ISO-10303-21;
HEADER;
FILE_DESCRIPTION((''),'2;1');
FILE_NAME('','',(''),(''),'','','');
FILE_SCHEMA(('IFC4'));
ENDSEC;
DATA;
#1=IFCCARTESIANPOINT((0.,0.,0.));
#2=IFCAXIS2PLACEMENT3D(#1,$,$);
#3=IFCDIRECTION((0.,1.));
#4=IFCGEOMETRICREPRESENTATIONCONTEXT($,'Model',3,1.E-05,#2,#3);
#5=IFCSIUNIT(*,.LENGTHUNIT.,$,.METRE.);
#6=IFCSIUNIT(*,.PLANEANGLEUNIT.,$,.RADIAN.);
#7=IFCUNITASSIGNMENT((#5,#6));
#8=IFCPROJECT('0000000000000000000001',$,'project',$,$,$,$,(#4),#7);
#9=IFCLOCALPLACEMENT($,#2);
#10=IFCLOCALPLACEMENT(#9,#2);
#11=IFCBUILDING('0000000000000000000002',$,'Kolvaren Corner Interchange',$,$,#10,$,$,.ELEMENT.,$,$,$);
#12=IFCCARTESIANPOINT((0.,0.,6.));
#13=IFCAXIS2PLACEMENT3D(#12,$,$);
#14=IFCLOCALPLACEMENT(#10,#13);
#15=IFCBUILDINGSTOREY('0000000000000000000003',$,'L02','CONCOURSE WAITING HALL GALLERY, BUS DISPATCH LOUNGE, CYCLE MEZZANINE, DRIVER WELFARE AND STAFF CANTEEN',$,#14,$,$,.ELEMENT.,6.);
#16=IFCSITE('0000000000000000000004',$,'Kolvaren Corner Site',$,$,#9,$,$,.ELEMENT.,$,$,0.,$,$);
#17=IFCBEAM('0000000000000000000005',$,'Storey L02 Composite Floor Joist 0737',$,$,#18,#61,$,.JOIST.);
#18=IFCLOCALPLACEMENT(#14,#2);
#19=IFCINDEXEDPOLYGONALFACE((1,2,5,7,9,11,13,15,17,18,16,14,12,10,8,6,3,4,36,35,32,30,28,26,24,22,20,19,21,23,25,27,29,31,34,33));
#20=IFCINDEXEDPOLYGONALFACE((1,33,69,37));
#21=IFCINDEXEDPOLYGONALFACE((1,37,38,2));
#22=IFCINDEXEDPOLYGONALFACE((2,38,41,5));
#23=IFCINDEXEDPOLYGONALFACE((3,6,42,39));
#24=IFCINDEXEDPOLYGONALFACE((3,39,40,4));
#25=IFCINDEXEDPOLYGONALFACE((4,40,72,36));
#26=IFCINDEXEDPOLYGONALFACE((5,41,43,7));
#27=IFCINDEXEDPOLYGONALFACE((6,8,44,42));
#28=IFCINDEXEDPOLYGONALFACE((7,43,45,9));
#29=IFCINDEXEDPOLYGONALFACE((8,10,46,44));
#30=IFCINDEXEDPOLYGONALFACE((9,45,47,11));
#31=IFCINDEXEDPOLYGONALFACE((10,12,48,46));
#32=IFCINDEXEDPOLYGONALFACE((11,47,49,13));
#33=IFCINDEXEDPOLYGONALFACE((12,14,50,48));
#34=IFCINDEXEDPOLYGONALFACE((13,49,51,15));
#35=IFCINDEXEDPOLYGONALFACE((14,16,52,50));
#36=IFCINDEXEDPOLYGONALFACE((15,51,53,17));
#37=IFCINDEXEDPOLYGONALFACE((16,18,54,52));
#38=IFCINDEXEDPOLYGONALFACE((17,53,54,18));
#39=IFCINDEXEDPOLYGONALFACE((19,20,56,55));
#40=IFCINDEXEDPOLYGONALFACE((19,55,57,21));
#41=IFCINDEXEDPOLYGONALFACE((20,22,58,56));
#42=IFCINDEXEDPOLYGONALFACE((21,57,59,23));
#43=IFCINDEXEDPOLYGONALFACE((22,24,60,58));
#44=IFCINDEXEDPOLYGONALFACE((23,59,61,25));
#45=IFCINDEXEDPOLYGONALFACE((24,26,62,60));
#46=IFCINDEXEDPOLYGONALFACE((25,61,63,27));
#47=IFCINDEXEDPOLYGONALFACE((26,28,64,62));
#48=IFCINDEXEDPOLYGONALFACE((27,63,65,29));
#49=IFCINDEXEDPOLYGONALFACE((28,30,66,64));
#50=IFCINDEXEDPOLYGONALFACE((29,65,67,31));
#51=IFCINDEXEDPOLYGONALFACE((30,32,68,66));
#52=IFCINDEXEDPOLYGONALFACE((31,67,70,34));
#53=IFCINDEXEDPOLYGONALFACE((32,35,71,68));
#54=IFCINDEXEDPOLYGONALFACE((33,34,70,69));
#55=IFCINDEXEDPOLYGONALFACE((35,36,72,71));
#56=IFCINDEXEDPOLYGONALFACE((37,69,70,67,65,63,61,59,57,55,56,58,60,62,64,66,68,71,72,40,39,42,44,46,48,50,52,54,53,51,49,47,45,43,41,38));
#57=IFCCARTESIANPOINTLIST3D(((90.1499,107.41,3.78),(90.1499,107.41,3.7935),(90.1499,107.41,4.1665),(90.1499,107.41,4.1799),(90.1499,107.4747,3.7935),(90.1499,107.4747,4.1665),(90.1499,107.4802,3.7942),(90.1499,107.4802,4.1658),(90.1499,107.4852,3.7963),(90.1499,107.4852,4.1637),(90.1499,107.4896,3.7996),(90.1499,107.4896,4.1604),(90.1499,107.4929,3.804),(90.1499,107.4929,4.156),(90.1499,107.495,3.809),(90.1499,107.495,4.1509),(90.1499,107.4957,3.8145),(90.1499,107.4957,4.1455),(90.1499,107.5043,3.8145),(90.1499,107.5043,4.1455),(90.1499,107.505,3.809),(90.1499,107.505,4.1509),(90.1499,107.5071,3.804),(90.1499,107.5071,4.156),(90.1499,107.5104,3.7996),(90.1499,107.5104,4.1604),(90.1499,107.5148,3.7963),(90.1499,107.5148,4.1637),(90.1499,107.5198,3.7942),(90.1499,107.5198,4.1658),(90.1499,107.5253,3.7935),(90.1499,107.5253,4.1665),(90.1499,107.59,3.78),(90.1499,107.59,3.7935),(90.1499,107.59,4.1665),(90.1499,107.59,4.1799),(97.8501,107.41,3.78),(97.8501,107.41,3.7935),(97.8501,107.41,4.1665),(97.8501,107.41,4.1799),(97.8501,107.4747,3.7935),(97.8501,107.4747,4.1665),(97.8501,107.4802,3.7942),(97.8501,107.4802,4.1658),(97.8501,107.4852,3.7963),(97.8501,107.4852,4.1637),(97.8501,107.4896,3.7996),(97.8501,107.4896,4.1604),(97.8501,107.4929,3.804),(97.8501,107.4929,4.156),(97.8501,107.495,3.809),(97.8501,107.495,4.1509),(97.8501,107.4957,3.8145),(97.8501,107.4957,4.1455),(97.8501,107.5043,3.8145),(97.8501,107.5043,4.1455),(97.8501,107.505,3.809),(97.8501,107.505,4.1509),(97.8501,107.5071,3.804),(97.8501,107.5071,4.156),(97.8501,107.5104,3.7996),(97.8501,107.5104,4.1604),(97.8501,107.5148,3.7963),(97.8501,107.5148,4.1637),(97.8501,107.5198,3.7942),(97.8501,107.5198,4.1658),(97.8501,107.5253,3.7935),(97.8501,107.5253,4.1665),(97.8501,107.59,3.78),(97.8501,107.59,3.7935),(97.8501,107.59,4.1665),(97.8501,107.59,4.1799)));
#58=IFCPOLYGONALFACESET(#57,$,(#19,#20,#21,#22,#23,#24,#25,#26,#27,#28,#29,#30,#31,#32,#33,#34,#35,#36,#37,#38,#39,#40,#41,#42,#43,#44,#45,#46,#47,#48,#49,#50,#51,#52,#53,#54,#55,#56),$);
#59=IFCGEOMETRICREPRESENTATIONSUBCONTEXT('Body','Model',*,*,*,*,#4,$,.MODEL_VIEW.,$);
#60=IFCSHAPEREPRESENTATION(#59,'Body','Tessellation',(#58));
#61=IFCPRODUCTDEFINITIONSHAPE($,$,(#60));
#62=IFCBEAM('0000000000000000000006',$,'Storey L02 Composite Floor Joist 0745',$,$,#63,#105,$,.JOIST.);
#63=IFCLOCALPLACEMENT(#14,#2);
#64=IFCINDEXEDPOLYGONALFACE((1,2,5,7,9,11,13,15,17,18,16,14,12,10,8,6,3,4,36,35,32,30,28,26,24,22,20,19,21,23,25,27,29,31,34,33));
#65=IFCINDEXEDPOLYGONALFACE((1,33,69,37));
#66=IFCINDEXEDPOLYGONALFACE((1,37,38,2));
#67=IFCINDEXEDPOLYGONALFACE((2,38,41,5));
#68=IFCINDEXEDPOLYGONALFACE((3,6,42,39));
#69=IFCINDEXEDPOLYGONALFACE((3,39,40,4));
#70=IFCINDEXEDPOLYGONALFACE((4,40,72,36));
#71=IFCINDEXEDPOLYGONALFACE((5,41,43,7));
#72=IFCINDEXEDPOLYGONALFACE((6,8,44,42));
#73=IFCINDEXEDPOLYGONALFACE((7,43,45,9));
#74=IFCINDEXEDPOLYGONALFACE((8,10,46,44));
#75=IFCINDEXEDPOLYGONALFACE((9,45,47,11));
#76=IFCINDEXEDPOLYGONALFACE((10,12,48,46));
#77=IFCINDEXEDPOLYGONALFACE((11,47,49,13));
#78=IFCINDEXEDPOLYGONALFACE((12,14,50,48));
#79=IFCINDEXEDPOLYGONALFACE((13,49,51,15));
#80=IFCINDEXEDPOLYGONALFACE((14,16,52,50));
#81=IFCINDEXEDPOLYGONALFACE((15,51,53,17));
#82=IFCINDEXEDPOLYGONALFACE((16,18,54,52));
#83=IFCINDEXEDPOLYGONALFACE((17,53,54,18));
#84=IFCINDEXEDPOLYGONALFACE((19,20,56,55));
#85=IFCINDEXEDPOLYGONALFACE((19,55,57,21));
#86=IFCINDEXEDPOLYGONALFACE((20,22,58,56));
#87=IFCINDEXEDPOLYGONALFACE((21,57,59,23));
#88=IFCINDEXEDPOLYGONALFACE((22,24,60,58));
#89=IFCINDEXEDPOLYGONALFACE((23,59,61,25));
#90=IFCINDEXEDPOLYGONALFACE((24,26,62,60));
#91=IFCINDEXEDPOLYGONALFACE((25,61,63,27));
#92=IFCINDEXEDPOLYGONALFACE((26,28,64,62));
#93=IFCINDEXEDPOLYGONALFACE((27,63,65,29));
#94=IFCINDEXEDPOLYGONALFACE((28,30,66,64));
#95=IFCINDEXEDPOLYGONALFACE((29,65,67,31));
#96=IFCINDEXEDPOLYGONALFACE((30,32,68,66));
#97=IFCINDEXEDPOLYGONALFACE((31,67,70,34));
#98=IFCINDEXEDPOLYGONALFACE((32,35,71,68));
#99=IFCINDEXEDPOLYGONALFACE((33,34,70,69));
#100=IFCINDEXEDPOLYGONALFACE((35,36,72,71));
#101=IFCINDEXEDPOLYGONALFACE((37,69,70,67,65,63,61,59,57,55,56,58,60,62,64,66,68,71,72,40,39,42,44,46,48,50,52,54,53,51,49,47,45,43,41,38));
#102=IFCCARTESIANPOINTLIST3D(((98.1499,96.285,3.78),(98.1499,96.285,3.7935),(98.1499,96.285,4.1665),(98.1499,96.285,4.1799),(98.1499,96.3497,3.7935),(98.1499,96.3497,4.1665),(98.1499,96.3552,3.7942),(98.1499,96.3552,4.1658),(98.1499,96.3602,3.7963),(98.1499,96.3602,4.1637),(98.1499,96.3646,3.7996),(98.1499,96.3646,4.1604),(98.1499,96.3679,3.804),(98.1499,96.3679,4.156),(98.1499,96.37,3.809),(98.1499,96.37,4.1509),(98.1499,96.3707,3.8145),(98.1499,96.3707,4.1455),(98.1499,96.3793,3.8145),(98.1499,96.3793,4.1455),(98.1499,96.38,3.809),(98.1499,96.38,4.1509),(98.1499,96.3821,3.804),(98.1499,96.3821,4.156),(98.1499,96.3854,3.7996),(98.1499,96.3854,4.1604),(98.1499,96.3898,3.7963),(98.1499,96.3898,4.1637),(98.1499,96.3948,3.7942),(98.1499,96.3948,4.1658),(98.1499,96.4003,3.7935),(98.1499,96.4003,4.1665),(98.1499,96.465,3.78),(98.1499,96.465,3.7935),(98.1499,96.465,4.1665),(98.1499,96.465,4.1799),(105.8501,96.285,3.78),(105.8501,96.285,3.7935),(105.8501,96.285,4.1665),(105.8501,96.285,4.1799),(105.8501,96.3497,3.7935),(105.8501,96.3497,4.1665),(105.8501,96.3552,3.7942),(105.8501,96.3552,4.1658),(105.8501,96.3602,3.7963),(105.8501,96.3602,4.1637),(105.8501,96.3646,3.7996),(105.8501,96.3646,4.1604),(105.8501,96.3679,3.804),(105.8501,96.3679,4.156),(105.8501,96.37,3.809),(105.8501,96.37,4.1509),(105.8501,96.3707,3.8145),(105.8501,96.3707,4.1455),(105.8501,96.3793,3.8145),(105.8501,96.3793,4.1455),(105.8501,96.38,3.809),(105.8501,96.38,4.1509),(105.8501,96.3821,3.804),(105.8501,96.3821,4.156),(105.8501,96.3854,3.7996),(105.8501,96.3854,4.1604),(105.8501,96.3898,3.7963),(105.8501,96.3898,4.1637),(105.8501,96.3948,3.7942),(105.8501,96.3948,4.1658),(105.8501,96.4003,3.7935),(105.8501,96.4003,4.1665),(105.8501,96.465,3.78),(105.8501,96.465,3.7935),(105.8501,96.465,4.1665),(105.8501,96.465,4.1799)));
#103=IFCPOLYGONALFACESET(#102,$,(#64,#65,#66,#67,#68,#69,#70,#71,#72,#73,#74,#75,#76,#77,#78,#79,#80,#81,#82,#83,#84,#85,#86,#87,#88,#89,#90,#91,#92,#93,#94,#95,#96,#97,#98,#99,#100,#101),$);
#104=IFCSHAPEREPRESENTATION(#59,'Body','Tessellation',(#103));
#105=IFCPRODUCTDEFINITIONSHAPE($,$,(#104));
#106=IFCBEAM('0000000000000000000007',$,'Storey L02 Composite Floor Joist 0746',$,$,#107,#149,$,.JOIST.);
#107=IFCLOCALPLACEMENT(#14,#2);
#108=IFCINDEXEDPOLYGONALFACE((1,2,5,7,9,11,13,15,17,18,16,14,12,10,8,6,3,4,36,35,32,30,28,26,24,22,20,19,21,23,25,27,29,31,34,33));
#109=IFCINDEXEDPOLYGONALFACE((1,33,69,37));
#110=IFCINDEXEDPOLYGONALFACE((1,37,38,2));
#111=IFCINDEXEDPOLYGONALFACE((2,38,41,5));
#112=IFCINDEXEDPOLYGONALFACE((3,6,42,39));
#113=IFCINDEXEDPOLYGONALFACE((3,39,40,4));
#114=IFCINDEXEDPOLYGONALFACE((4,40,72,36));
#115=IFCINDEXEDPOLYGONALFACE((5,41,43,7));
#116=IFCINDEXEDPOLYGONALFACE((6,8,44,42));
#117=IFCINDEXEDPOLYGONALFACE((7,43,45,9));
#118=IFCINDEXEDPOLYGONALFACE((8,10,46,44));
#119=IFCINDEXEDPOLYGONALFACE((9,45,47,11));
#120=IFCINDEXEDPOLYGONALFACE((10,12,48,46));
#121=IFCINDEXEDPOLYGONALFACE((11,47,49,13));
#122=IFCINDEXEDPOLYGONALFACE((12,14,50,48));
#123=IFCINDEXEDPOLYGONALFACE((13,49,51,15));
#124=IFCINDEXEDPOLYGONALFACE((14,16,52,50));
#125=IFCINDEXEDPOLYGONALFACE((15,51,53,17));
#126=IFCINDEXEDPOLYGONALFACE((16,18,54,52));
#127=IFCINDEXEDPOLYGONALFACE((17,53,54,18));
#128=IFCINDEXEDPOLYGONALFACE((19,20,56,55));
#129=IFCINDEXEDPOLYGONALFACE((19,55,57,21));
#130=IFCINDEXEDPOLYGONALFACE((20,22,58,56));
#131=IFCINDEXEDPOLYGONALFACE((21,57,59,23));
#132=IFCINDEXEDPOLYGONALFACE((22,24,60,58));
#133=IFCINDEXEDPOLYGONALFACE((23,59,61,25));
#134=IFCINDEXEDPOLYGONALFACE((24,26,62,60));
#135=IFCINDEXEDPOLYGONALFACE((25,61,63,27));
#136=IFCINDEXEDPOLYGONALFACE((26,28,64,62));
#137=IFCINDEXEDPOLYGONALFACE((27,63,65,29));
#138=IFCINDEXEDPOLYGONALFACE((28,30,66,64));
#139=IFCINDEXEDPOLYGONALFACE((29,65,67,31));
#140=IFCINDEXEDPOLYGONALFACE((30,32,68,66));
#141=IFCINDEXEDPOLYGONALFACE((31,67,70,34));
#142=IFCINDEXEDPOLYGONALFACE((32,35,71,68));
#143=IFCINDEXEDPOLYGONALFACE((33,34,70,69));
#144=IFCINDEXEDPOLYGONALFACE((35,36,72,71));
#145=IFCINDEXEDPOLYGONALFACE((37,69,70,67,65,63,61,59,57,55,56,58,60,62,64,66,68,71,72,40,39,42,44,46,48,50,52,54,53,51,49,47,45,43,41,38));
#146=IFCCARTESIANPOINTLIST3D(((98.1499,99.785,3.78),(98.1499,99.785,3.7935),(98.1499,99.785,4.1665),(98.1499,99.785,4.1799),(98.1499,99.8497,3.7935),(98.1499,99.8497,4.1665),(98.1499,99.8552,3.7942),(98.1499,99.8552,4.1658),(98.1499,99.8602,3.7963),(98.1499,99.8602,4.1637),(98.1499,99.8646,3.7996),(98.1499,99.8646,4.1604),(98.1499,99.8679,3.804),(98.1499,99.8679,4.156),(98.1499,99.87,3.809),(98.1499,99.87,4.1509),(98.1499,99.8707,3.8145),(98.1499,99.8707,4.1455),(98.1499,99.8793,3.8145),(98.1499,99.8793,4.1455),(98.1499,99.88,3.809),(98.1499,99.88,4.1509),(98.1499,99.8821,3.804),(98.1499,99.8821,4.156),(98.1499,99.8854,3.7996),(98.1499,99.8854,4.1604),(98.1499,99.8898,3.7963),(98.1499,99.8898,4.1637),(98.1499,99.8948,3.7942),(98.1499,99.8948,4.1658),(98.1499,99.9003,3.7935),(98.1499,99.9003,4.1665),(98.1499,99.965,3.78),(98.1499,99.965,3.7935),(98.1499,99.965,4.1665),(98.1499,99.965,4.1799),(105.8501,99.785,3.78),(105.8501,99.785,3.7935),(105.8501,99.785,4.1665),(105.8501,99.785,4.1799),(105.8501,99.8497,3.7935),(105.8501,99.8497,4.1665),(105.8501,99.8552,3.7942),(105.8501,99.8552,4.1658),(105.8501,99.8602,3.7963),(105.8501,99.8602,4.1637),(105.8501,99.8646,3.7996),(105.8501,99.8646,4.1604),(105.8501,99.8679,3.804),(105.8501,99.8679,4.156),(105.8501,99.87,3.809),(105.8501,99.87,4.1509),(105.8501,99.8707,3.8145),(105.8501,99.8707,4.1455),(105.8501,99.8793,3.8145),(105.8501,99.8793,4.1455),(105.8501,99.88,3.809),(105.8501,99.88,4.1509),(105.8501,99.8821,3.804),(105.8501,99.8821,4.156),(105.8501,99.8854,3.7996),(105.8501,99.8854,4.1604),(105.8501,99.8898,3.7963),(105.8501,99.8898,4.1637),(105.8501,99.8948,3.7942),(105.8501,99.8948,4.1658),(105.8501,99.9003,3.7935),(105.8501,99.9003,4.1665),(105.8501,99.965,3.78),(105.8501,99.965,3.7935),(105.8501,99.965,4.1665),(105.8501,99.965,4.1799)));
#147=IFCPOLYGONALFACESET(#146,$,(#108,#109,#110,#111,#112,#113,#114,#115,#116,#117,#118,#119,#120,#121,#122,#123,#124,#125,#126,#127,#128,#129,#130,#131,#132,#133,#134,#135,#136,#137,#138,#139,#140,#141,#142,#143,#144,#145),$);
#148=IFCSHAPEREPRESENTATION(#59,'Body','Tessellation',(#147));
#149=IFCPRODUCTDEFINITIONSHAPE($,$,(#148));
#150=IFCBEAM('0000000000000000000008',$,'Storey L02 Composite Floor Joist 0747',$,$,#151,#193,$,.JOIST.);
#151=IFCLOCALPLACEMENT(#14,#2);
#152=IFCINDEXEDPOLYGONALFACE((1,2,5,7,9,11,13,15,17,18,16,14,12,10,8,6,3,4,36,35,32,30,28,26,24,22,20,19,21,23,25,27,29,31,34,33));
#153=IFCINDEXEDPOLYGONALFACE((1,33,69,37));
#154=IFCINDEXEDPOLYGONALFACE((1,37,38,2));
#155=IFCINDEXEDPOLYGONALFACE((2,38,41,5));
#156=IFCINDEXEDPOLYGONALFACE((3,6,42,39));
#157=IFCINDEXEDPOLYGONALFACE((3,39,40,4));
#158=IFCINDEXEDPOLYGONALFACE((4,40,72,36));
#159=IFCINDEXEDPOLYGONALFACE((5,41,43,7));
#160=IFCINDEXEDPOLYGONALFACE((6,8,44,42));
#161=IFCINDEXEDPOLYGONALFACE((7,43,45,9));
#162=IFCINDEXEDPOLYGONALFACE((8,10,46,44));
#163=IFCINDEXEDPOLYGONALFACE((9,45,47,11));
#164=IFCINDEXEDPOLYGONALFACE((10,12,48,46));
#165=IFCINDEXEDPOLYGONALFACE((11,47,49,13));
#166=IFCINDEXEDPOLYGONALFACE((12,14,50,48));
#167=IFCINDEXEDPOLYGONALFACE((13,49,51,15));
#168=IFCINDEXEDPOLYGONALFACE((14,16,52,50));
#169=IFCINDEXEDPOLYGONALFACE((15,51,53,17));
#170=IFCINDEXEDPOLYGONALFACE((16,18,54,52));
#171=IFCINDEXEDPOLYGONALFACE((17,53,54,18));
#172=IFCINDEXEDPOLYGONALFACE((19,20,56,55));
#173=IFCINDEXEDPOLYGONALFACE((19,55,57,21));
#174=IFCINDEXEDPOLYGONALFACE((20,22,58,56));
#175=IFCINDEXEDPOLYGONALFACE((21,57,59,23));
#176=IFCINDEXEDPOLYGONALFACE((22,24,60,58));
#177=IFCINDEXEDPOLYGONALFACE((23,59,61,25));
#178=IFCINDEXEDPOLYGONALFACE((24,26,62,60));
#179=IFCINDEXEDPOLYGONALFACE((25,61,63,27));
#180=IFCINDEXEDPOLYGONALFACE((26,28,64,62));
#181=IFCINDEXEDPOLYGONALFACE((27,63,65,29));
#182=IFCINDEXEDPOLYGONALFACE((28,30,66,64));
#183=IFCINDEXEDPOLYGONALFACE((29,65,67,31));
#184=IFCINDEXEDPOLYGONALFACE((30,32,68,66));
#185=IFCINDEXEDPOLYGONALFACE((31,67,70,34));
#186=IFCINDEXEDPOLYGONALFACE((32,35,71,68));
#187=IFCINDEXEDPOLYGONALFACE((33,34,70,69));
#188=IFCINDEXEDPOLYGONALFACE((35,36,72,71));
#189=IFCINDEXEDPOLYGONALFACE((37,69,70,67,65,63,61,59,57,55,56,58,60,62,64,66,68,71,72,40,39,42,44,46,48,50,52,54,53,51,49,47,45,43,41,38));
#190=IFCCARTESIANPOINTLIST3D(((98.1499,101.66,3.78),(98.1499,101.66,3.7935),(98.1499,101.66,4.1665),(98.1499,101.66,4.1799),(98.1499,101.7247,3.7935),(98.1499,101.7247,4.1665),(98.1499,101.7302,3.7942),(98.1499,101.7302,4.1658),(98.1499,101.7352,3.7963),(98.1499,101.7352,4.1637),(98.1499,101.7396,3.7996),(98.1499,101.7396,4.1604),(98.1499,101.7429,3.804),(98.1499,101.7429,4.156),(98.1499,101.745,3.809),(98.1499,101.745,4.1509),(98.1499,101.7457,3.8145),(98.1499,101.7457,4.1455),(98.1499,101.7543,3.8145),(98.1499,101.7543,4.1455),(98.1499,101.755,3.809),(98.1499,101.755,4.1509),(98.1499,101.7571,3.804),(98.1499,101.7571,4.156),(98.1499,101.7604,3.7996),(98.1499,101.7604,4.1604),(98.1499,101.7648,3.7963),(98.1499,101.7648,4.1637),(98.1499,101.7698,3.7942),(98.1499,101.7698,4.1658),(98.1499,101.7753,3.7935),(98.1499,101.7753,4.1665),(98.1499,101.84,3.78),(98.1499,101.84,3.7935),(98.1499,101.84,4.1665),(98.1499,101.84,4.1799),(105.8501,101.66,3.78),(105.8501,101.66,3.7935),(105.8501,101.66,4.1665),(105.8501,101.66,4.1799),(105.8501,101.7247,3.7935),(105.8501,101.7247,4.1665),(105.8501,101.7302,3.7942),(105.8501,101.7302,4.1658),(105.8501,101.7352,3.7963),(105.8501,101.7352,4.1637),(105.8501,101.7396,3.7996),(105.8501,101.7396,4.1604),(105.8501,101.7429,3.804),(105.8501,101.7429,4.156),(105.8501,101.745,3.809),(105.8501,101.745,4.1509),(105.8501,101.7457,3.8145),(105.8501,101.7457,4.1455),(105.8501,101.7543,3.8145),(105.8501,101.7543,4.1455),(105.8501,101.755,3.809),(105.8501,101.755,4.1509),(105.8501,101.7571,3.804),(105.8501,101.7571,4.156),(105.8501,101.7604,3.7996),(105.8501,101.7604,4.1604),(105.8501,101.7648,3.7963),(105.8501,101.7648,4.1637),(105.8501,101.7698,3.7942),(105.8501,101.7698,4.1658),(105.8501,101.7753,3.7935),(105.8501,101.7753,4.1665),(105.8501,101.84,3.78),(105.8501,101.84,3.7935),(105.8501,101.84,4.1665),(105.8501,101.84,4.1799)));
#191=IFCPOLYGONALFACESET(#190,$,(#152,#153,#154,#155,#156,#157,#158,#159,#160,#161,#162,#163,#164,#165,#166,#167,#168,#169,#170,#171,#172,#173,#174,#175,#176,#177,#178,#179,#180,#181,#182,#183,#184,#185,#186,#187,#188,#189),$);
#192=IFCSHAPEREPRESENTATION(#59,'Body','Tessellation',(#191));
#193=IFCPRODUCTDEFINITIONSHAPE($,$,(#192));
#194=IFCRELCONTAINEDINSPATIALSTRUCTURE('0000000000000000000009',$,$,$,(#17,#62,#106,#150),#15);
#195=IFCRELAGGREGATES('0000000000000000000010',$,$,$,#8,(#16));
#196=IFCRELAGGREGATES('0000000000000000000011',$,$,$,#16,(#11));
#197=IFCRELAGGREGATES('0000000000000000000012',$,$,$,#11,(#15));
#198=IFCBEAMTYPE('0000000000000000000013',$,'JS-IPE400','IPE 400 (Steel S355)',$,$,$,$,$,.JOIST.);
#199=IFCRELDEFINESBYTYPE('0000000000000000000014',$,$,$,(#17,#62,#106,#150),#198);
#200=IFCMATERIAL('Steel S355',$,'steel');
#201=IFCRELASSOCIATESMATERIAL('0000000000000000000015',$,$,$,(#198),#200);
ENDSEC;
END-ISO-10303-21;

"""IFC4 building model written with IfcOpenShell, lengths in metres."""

from ifc_helpers import new_model, si_unit, direction, frame, origin, origin_2d, place, context, subcontext, project, spatial, i_section, extrude, material, material_profile, profile_set, type_object, element, save


model = new_model("IFC4")

# Units and contexts
model_context = context("Model", 3, precision=1e-05, world=origin(), true_north=direction((0.0, 1.0)))
body_context = subcontext(model_context, "Body", "Model", "MODEL_VIEW")
ifc_project = project(units=[si_unit("LENGTHUNIT", "METRE"), si_unit("PLANEANGLEUNIT", "RADIAN")], contexts=[model_context])

# Site, building, storey
site_placement = place(None, origin())
site = spatial("IfcSite", under=ifc_project, at=site_placement, Name="Kolvaren Corner Site", CompositionType="ELEMENT", RefElevation=0.0)
building_placement = place(site_placement, origin())
building = spatial("IfcBuilding", under=site, at=building_placement, Name="Kolvaren Corner Interchange", CompositionType="ELEMENT")
storey_placement = place(building_placement, frame((0.0, 0.0, 6.0)))
storey = spatial("IfcBuildingStorey", under=building, at=storey_placement, Name="L02", Description="CONCOURSE WAITING HALL GALLERY, BUS DISPATCH LOUNGE, CYCLE MEZZANINE, DRIVER WELFARE AND STAFF CANTEEN", CompositionType="ELEMENT", Elevation=6.0)

# Beams
ifc_material_1 = material(Name="Steel S355", Category="steel")
ifc_material_profile_1 = material_profile(ifc_material_1, i_section(OverallWidth=0.1799, OverallDepth=0.3999, WebThickness=0.0085, FlangeThickness=0.0134, FilletRadius=0.021, at=origin_2d()), Name="IPE 400")
ifc_profile_set_1 = profile_set([ifc_material_profile_1], Name="Steel S355")
beam_type_1 = type_object("IfcBeamType", Name="JS-IPE400", Description="IPE 400 (Steel S355)", PredefinedType="JOIST", material=ifc_profile_set_1)
for number, where, z_axis, x_axis, name in (
    (1, (90.1499, 107.5, 3.98), (1.0, 0.0, 0.0), (0.0, 1.0, 0.0), "Storey L02 Composite Floor Joist 0737"),
    (2, (98.1499, 96.375, 3.98), (1.0, 0.0, 0.0), (0.0, 1.0, 0.0), "Storey L02 Composite Floor Joist 0745"),
    (3, (98.1499, 99.875, 3.98), (1.0, 0.0, 0.0), (0.0, 1.0, 0.0), "Storey L02 Composite Floor Joist 0746"),
    (4, (98.1499, 101.75, 3.98), (1.0, 0.0, 0.0), (0.0, 1.0, 0.0), "Storey L02 Composite Floor Joist 0747"),
):
    element("IfcBeam", number, at=place(storey_placement, frame(where, z_axis=z_axis, x_axis=x_axis)), inside=storey, type_object=beam_type_1, Name=name, PredefinedType="JOIST", context=body_context, shape_type="SweptSolid", body=[
        extrude(i_section(OverallWidth=0.1799, OverallDepth=0.3999, WebThickness=0.0085, FlangeThickness=0.0134, FilletRadius=0.021, at=origin_2d()), origin(), (0.0, 0.0, 1.0), 7.7002),
    ])

save(model, "model.ifc")
